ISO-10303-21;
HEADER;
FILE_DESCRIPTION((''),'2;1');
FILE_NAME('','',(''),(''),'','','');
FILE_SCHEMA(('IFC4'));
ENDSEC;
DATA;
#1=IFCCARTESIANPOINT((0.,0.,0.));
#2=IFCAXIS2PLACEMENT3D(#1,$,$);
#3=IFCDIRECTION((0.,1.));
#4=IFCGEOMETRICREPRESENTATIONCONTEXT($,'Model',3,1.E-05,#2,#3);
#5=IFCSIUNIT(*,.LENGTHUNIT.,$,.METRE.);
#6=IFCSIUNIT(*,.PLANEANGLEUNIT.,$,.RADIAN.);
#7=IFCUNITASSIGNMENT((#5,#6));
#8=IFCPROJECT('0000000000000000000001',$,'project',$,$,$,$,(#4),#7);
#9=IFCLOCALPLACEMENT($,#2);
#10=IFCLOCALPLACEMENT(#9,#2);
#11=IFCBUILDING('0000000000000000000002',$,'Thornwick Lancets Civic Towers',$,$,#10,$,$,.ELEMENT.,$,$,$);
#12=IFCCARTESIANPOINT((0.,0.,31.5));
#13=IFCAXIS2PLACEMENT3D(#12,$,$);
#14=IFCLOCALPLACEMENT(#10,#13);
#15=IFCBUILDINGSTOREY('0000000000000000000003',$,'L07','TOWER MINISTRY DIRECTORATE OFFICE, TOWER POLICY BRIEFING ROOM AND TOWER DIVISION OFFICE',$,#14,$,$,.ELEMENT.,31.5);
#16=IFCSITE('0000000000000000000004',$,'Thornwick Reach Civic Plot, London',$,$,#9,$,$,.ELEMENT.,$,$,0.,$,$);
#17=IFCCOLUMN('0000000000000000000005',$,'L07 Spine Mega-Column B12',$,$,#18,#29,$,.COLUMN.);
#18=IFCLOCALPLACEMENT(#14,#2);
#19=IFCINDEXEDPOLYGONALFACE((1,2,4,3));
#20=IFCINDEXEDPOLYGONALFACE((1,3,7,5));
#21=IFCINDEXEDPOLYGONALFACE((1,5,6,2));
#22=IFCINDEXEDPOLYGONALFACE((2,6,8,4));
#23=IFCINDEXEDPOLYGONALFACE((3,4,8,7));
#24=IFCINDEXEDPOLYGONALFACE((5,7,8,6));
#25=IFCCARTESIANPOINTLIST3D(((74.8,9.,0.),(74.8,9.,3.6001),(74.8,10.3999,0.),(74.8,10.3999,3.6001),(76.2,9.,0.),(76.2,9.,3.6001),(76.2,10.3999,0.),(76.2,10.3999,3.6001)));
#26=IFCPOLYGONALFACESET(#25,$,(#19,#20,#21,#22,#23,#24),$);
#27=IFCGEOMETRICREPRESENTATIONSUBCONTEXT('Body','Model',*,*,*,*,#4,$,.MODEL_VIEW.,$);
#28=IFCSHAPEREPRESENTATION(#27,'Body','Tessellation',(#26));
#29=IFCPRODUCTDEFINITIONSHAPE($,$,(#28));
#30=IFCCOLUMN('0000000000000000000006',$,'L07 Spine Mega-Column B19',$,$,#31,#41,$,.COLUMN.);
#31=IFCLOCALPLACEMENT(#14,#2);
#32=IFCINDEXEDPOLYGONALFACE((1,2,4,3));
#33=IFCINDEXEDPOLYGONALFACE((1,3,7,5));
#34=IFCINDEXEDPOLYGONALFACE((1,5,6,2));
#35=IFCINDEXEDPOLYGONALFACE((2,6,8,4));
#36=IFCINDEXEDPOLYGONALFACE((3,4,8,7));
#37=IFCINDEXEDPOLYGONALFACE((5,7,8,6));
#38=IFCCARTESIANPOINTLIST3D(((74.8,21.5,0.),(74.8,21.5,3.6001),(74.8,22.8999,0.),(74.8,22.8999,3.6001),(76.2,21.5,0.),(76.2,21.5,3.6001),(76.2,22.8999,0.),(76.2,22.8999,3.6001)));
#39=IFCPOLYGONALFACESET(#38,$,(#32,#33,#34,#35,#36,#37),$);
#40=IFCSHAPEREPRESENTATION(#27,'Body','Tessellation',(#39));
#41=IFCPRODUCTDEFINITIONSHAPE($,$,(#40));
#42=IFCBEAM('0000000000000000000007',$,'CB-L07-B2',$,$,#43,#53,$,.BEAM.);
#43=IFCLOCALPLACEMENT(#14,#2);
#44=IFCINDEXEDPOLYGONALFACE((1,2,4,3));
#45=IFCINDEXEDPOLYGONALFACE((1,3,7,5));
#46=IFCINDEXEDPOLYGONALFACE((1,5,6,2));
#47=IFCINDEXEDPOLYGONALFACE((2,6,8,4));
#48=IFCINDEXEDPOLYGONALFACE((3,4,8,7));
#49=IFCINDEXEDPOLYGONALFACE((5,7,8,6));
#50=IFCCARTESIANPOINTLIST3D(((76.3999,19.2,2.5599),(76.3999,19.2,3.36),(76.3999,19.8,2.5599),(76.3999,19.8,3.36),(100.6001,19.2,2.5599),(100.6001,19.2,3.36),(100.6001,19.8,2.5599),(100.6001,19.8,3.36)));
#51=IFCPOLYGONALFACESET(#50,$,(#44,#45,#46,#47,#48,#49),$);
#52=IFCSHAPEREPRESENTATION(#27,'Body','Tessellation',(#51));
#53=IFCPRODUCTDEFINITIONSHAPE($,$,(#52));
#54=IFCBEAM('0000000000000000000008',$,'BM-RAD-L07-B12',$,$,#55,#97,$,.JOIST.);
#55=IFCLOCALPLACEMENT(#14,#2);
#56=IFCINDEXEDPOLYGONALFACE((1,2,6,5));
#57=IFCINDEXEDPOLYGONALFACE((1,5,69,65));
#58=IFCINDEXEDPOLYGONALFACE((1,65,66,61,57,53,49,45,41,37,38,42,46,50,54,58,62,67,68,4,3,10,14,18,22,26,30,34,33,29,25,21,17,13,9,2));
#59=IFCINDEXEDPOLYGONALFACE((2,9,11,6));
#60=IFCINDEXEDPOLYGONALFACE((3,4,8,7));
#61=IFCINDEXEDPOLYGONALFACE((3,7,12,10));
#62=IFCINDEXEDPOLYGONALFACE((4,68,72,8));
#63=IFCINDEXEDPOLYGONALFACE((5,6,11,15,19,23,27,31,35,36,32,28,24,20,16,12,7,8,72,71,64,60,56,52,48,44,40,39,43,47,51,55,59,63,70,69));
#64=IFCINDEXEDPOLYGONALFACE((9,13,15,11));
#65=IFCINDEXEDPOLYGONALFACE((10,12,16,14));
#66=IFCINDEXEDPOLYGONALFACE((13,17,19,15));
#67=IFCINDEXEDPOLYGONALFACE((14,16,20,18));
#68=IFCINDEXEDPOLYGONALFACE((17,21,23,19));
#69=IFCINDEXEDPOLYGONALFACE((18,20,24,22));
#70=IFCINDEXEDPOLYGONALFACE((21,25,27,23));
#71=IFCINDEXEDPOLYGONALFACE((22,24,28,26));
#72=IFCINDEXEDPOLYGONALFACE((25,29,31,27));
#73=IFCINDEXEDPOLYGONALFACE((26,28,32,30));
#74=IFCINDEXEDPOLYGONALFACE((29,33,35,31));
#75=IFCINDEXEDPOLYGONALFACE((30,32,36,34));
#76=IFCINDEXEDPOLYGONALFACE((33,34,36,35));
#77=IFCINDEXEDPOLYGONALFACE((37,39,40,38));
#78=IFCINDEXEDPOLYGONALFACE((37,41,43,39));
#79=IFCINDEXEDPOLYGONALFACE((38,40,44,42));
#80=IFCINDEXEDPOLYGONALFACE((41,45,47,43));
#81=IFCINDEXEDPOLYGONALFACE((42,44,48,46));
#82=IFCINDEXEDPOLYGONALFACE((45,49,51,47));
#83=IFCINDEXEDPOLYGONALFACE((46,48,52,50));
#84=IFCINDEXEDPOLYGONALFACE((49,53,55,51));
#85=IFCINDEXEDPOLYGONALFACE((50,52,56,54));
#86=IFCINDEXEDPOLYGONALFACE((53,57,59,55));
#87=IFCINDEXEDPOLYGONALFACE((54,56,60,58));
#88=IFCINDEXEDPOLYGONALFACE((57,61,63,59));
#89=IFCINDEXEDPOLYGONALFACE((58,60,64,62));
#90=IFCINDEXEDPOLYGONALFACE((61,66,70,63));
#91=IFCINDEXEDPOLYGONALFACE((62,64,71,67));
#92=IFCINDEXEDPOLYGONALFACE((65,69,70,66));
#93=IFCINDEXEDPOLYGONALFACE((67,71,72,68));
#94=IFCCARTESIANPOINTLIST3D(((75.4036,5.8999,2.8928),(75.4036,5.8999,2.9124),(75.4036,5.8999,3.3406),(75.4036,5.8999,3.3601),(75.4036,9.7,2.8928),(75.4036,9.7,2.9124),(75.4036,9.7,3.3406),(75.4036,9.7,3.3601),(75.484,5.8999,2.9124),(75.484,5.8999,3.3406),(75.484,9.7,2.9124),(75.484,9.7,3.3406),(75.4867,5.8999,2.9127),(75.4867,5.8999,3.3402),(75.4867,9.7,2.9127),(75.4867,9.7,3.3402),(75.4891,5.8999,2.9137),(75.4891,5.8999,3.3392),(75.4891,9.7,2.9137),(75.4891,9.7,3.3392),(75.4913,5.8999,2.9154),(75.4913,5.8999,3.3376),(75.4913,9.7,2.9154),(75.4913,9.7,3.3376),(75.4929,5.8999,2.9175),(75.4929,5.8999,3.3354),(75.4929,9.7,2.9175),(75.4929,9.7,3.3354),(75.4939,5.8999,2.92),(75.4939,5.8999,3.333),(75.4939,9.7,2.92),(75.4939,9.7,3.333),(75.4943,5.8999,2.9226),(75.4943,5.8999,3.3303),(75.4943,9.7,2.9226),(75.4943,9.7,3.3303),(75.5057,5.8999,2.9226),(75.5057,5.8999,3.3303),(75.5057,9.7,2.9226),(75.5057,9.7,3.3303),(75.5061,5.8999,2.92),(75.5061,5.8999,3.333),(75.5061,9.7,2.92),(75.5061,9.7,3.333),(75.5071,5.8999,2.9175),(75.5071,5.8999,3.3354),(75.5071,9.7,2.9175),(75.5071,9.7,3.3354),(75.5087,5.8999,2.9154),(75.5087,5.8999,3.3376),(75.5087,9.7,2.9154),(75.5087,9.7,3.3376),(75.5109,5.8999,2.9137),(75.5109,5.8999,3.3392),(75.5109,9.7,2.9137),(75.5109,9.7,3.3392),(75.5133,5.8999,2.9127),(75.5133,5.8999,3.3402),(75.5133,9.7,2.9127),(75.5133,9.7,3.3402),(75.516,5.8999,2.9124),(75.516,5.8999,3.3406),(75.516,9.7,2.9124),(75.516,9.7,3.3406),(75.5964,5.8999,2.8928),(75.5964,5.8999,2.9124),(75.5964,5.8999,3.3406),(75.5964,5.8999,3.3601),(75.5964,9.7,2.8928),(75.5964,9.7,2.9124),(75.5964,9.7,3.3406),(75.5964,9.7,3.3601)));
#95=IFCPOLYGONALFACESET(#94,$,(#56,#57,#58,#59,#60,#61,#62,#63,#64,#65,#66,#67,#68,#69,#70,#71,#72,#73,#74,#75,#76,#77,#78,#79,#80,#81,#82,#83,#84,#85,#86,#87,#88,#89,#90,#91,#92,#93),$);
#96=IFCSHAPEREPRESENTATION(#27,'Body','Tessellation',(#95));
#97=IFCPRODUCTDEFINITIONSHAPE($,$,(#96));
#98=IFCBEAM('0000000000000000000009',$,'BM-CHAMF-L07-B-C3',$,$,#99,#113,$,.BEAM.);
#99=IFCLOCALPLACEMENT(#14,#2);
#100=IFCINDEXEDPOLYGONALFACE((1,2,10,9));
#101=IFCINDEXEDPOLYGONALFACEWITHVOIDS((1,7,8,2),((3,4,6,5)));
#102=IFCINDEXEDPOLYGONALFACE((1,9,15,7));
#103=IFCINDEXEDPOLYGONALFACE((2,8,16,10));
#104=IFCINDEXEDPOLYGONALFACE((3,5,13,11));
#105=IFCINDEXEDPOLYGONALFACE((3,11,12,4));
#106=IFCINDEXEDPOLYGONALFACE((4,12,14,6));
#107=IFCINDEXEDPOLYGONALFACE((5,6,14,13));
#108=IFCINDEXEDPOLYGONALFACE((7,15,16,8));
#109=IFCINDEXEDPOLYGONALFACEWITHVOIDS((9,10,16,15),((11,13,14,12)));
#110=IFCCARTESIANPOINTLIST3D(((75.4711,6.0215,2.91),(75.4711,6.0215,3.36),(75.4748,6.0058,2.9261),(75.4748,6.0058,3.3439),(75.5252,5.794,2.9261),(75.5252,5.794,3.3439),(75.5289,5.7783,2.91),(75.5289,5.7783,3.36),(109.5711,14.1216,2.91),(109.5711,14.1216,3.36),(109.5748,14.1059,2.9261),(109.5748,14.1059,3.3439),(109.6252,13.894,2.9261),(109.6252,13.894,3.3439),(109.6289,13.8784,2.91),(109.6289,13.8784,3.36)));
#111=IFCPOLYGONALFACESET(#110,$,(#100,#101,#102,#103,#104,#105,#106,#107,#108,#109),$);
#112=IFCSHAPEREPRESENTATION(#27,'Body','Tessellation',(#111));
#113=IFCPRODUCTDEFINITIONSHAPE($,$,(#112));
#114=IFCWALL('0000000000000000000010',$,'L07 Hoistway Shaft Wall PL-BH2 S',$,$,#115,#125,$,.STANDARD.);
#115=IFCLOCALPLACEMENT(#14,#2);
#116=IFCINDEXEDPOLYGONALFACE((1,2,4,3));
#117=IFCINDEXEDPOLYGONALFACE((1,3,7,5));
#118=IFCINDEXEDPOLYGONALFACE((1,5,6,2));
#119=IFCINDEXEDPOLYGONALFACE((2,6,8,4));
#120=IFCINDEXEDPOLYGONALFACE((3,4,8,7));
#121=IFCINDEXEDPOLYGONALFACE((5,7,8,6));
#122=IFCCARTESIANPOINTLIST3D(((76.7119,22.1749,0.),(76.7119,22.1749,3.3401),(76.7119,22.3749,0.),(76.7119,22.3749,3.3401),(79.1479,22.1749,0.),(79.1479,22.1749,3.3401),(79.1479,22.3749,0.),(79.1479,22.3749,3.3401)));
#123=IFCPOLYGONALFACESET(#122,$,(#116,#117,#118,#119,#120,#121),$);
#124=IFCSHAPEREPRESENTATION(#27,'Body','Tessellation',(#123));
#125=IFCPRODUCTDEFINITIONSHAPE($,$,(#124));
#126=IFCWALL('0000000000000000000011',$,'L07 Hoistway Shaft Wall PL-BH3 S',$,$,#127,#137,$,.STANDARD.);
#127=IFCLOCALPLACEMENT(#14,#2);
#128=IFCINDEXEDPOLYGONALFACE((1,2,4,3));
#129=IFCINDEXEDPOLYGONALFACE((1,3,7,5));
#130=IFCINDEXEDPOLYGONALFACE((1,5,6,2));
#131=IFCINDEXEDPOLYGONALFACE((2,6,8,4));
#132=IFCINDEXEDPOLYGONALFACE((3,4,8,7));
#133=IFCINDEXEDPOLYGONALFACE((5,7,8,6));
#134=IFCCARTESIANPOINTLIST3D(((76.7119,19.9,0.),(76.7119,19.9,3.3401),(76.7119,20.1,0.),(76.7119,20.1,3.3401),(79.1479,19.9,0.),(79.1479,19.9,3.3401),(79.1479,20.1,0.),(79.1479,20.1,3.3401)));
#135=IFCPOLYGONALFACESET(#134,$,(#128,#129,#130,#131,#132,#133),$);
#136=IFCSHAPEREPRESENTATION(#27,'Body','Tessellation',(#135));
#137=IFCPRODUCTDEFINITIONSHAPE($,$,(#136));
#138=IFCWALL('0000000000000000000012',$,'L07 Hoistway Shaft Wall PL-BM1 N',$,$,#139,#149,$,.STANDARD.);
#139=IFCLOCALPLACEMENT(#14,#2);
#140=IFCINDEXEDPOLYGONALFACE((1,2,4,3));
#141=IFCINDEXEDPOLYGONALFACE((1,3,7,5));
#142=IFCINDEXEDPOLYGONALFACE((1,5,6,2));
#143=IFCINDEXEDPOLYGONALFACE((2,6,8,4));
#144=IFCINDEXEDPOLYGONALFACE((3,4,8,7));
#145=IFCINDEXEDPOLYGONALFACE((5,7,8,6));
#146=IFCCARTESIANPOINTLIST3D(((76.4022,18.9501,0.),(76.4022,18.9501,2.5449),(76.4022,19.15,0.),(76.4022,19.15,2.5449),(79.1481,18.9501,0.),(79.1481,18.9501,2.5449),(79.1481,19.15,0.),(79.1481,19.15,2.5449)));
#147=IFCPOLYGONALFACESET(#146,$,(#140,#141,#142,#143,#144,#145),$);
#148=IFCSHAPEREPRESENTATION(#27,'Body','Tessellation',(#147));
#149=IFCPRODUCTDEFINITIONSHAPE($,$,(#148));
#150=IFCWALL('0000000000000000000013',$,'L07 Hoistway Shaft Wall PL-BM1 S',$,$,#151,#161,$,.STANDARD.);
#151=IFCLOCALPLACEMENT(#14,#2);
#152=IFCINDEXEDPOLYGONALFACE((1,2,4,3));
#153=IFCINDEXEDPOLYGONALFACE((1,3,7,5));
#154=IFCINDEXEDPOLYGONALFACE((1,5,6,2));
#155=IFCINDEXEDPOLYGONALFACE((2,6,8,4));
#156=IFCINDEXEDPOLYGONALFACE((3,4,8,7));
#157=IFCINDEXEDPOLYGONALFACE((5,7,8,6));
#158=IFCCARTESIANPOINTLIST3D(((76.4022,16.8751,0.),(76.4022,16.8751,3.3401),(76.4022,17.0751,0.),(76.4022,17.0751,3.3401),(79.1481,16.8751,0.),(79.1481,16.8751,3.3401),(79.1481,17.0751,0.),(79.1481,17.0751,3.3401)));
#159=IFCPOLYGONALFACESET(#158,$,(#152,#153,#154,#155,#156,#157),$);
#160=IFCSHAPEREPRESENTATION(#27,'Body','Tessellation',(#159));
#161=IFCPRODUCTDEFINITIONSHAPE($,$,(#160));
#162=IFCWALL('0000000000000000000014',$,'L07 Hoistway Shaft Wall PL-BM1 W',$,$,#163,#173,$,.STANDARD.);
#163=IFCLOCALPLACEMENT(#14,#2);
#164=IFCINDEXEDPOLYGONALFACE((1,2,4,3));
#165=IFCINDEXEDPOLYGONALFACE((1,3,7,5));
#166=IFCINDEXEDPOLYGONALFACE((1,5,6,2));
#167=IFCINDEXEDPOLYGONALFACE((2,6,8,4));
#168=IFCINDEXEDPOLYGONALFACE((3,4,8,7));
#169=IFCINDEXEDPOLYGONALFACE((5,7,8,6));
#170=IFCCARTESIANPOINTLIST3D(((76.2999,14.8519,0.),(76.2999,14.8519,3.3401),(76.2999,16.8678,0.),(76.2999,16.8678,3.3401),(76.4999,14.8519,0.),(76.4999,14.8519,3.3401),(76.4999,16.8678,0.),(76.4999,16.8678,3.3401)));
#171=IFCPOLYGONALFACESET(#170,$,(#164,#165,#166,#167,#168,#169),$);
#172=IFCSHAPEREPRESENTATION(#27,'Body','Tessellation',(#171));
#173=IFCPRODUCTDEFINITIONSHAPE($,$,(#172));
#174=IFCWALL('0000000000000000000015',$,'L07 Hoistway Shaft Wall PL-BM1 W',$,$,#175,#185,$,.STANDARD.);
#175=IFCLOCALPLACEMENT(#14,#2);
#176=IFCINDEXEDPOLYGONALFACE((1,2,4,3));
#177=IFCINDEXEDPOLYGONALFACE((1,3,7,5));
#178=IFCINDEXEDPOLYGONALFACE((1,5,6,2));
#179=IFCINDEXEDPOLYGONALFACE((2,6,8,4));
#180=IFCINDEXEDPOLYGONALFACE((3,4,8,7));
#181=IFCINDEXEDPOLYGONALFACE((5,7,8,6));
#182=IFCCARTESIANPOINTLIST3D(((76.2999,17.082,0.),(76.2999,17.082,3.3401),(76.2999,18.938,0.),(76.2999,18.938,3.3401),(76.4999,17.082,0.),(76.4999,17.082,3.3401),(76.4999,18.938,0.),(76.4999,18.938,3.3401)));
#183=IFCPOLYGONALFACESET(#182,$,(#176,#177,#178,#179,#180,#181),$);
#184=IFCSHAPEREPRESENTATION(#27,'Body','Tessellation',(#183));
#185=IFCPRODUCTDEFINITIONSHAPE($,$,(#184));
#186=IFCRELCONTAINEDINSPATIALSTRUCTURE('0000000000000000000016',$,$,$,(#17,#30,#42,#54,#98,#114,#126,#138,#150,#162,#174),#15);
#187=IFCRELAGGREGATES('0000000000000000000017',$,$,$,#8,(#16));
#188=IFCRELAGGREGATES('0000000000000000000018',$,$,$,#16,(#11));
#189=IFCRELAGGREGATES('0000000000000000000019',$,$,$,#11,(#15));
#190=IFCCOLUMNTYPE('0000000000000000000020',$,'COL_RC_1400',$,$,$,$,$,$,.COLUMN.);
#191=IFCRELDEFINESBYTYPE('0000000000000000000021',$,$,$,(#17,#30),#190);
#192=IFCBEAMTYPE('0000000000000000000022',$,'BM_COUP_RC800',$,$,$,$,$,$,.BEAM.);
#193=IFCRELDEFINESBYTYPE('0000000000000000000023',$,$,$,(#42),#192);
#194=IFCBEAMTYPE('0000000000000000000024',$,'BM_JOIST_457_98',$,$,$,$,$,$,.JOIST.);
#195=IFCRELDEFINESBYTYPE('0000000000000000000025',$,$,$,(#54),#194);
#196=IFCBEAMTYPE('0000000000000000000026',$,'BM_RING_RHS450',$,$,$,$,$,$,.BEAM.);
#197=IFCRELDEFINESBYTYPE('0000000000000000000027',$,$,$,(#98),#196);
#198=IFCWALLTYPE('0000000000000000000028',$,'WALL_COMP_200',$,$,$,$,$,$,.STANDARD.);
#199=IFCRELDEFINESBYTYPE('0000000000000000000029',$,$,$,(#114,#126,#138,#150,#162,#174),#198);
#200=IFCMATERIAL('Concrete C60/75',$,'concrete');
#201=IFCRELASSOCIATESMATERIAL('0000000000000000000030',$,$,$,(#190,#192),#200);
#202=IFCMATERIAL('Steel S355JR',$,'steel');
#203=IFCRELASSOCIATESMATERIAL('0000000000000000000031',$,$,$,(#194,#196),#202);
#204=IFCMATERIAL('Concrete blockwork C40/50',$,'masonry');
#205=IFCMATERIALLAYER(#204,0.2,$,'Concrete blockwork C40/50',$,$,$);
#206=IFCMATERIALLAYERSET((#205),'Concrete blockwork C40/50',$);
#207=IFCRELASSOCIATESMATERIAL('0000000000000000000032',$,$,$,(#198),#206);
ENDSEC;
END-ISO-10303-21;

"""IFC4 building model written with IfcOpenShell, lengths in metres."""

from ifc_helpers import new_model, si_unit, direction, frame, frame_2d, origin, origin_2d, place, context, subcontext, project, spatial, rectangle, hollow_rectangle, i_section, extrude, material, layer, layer_set, material_profile, profile_set, type_object, element, save


model = new_model("IFC4")

# Units and contexts
model_context = context("Model", 3, precision=1e-05, world=origin(), true_north=direction((0.0, 1.0)))
body_context = subcontext(model_context, "Body", "Model", "MODEL_VIEW")
ifc_project = project(units=[si_unit("LENGTHUNIT", "METRE"), si_unit("PLANEANGLEUNIT", "RADIAN")], contexts=[model_context])

# Site, building, storey
site_placement = place(None, origin())
site = spatial("IfcSite", under=ifc_project, at=site_placement, Name="Thornwick Reach Civic Plot, London", CompositionType="ELEMENT", RefElevation=0.0)
building_placement = place(site_placement, origin())
building = spatial("IfcBuilding", under=site, at=building_placement, Name="Thornwick Lancets Civic Towers", CompositionType="ELEMENT")
storey_placement = place(building_placement, frame((0.0, 0.0, 31.5)))
storey = spatial("IfcBuildingStorey", under=building, at=storey_placement, Name="L07", Description="TOWER MINISTRY DIRECTORATE OFFICE, TOWER POLICY BRIEFING ROOM AND TOWER DIVISION OFFICE", CompositionType="ELEMENT", Elevation=31.5)

# Columns
ifc_material_1 = material(Name="Concrete C60/75", Category="concrete")
ifc_material_profile_1 = material_profile(ifc_material_1, rectangle(XDim=1.3999, YDim=1.3999, at=origin_2d()), Name="RC 1400x1400")
ifc_profile_set_1 = profile_set([ifc_material_profile_1], Name="Concrete C60/75")
column_type = type_object("IfcColumnType", Name="COL_RC_1400", PredefinedType="COLUMN", material=ifc_profile_set_1)
for number, where, z_axis, x_axis, name in (
    (1, (75.5, 9.7, 0.0), (0.0, 0.0, 1.0), (1.0, 0.0, 0.0), "L07 Spine Mega-Column B12"),
    (2, (75.5, 22.2, 0.0), (0.0, 0.0, 1.0), (1.0, 0.0, 0.0), "L07 Spine Mega-Column B19"),
):
    element("IfcColumn", number, at=place(storey_placement, frame(where, z_axis=z_axis, x_axis=x_axis)), inside=storey, type_object=column_type, Name=name, PredefinedType="COLUMN", context=body_context, shape_type="SweptSolid", body=[
        extrude(rectangle(XDim=1.3999, YDim=1.3999, at=origin_2d()), origin(), (0.0, 0.0, 1.0), 3.6001),
    ])

# Beams
ifc_material_profile_2 = material_profile(ifc_material_1, rectangle(XDim=0.6001, YDim=0.8, at=origin_2d()), Name="RC 600x800")
ifc_profile_set_2 = profile_set([ifc_material_profile_2], Name="Concrete C60/75")
beam_type_1 = type_object("IfcBeamType", Name="BM_COUP_RC800", PredefinedType="BEAM", material=ifc_profile_set_2)
beam_1_placement = place(storey_placement, frame((76.3999, 19.5, 2.96), z_axis=(1.0, 0.0, 0.0), x_axis=(0.0, 1.0, 0.0)))
element("IfcBeam", 3, at=beam_1_placement, inside=storey, type_object=beam_type_1, Name="CB-L07-B2", PredefinedType="BEAM", context=body_context, shape_type="SweptSolid", body=[
    extrude(rectangle(XDim=0.6001, YDim=0.8, at=origin_2d()), origin(), (0.0, 0.0, 1.0), 24.2002),
])
ifc_material_2 = material(Name="Steel S355JR", Category="steel")
ifc_material_profile_3 = material_profile(ifc_material_2, i_section(OverallWidth=0.1929, OverallDepth=0.4673, WebThickness=0.0115, FlangeThickness=0.0195, FilletRadius=0.0103, at=origin_2d()), Name="UKB 457x191x98")
ifc_profile_set_3 = profile_set([ifc_material_profile_3], Name="Steel S355JR")
beam_type_2 = type_object("IfcBeamType", Name="BM_JOIST_457_98", PredefinedType="JOIST", material=ifc_profile_set_3)
beam_2_placement = place(storey_placement, frame((75.5, 9.7, 3.1265), z_axis=(0.0, -1.0, 0.0), x_axis=(1.0, 0.0, 0.0)))
element("IfcBeam", 4, at=beam_2_placement, inside=storey, type_object=beam_type_2, Name="BM-RAD-L07-B12", PredefinedType="JOIST", context=body_context, shape_type="SweptSolid", body=[
    extrude(i_section(OverallWidth=0.1929, OverallDepth=0.4673, WebThickness=0.0115, FlangeThickness=0.0195, FilletRadius=0.0103, at=origin_2d()), origin(), (0.0, 0.0, 1.0), 3.8),
])
ifc_material_profile_4 = material_profile(ifc_material_2, hollow_rectangle(XDim=0.25, YDim=0.45, WallThickness=0.0161, at=origin_2d()), Name="RHS 450x250x16")
ifc_profile_set_4 = profile_set([ifc_material_profile_4], Name="Steel S355JR")
beam_type_3 = type_object("IfcBeamType", Name="BM_RING_RHS450", PredefinedType="BEAM", material=ifc_profile_set_4)
beam_3_placement = place(storey_placement, frame((75.5, 5.8999, 3.135), z_axis=(0.972928, 0.231108, 0.0), x_axis=(-0.231108, 0.972928, 0.0)))
element("IfcBeam", 5, at=beam_3_placement, inside=storey, type_object=beam_type_3, Name="BM-CHAMF-L07-B-C3", PredefinedType="BEAM", context=body_context, shape_type="SweptSolid", body=[
    extrude(hollow_rectangle(XDim=0.25, YDim=0.45, WallThickness=0.0161, at=origin_2d()), origin(), (0.0, 0.0, 1.0), 35.0488),
])

# Walls
ifc_material_3 = material(Name="Concrete blockwork C40/50", Category="masonry")
ifc_layer_1 = layer(ifc_material_3, 0.2, Name="Concrete blockwork C40/50")
ifc_layer_set_1 = layer_set([ifc_layer_1], Name="Concrete blockwork C40/50")
wall_type_1 = type_object("IfcWallType", Name="WALL_COMP_200", PredefinedType="STANDARD", material=ifc_layer_set_1)
for number, where, z_axis, x_axis, name in (
    (6, (76.7119, 22.2749, 0.0), (0.0, 0.0, 1.0), (1.0, 0.0, 0.0), "L07 Hoistway Shaft Wall PL-BH2 S"),
    (7, (76.7119, 20.0, 0.0), (0.0, 0.0, 1.0), (1.0, 0.0, 0.0), "L07 Hoistway Shaft Wall PL-BH3 S"),
):
    element("IfcWall", number, at=place(storey_placement, frame(where, z_axis=z_axis, x_axis=x_axis)), inside=storey, type_object=wall_type_1, Name=name, PredefinedType="STANDARD", context=body_context, shape_type="SweptSolid", body=[
        extrude(rectangle(XDim=2.436, YDim=0.2, at=frame_2d((1.218, 0.0))), origin(), (0.0, 0.0, 1.0), 3.3401),
    ])
wall_1_placement = place(storey_placement, frame((76.4021, 19.05, 0.0), z_axis=(0.0, 0.0, 1.0), x_axis=(1.0, 0.0, 0.0)))
element("IfcWall", 8, at=wall_1_placement, inside=storey, type_object=wall_type_1, Name="L07 Hoistway Shaft Wall PL-BM1 N", PredefinedType="STANDARD", context=body_context, shape_type="SweptSolid", body=[
    extrude(rectangle(XDim=2.7458, YDim=0.2, at=frame_2d((1.373, 0.0))), origin(), (0.0, 0.0, 1.0), 2.5449),
])
wall_2_placement = place(storey_placement, frame((76.4021, 16.9751, 0.0), z_axis=(0.0, 0.0, 1.0), x_axis=(1.0, 0.0, 0.0)))
element("IfcWall", 9, at=wall_2_placement, inside=storey, type_object=wall_type_1, Name="L07 Hoistway Shaft Wall PL-BM1 S", PredefinedType="STANDARD", context=body_context, shape_type="SweptSolid", body=[
    extrude(rectangle(XDim=2.7458, YDim=0.2, at=frame_2d((1.373, 0.0))), origin(), (0.0, 0.0, 1.0), 3.3401),
])
wall_3_placement = place(storey_placement, frame((76.3999, 14.8521, 0.0), z_axis=(0.0, 0.0, 1.0), x_axis=(0.0, 1.0, 0.0)))
element("IfcWall", 10, at=wall_3_placement, inside=storey, type_object=wall_type_1, Name="L07 Hoistway Shaft Wall PL-BM1 W", PredefinedType="STANDARD", context=body_context, shape_type="SweptSolid", body=[
    extrude(rectangle(XDim=2.0159, YDim=0.2, at=frame_2d((1.0078, 0.0))), origin(), (0.0, 0.0, 1.0), 3.3401),
])
wall_4_placement = place(storey_placement, frame((76.3999, 17.082, 0.0), z_axis=(0.0, 0.0, 1.0), x_axis=(0.0, 1.0, 0.0)))
element("IfcWall", 11, at=wall_4_placement, inside=storey, type_object=wall_type_1, Name="L07 Hoistway Shaft Wall PL-BM1 W", PredefinedType="STANDARD", context=body_context, shape_type="SweptSolid", body=[
    extrude(rectangle(XDim=1.856, YDim=0.2, at=frame_2d((0.928, 0.0))), origin(), (0.0, 0.0, 1.0), 3.3401),
])

save(model, "model.ifc")
